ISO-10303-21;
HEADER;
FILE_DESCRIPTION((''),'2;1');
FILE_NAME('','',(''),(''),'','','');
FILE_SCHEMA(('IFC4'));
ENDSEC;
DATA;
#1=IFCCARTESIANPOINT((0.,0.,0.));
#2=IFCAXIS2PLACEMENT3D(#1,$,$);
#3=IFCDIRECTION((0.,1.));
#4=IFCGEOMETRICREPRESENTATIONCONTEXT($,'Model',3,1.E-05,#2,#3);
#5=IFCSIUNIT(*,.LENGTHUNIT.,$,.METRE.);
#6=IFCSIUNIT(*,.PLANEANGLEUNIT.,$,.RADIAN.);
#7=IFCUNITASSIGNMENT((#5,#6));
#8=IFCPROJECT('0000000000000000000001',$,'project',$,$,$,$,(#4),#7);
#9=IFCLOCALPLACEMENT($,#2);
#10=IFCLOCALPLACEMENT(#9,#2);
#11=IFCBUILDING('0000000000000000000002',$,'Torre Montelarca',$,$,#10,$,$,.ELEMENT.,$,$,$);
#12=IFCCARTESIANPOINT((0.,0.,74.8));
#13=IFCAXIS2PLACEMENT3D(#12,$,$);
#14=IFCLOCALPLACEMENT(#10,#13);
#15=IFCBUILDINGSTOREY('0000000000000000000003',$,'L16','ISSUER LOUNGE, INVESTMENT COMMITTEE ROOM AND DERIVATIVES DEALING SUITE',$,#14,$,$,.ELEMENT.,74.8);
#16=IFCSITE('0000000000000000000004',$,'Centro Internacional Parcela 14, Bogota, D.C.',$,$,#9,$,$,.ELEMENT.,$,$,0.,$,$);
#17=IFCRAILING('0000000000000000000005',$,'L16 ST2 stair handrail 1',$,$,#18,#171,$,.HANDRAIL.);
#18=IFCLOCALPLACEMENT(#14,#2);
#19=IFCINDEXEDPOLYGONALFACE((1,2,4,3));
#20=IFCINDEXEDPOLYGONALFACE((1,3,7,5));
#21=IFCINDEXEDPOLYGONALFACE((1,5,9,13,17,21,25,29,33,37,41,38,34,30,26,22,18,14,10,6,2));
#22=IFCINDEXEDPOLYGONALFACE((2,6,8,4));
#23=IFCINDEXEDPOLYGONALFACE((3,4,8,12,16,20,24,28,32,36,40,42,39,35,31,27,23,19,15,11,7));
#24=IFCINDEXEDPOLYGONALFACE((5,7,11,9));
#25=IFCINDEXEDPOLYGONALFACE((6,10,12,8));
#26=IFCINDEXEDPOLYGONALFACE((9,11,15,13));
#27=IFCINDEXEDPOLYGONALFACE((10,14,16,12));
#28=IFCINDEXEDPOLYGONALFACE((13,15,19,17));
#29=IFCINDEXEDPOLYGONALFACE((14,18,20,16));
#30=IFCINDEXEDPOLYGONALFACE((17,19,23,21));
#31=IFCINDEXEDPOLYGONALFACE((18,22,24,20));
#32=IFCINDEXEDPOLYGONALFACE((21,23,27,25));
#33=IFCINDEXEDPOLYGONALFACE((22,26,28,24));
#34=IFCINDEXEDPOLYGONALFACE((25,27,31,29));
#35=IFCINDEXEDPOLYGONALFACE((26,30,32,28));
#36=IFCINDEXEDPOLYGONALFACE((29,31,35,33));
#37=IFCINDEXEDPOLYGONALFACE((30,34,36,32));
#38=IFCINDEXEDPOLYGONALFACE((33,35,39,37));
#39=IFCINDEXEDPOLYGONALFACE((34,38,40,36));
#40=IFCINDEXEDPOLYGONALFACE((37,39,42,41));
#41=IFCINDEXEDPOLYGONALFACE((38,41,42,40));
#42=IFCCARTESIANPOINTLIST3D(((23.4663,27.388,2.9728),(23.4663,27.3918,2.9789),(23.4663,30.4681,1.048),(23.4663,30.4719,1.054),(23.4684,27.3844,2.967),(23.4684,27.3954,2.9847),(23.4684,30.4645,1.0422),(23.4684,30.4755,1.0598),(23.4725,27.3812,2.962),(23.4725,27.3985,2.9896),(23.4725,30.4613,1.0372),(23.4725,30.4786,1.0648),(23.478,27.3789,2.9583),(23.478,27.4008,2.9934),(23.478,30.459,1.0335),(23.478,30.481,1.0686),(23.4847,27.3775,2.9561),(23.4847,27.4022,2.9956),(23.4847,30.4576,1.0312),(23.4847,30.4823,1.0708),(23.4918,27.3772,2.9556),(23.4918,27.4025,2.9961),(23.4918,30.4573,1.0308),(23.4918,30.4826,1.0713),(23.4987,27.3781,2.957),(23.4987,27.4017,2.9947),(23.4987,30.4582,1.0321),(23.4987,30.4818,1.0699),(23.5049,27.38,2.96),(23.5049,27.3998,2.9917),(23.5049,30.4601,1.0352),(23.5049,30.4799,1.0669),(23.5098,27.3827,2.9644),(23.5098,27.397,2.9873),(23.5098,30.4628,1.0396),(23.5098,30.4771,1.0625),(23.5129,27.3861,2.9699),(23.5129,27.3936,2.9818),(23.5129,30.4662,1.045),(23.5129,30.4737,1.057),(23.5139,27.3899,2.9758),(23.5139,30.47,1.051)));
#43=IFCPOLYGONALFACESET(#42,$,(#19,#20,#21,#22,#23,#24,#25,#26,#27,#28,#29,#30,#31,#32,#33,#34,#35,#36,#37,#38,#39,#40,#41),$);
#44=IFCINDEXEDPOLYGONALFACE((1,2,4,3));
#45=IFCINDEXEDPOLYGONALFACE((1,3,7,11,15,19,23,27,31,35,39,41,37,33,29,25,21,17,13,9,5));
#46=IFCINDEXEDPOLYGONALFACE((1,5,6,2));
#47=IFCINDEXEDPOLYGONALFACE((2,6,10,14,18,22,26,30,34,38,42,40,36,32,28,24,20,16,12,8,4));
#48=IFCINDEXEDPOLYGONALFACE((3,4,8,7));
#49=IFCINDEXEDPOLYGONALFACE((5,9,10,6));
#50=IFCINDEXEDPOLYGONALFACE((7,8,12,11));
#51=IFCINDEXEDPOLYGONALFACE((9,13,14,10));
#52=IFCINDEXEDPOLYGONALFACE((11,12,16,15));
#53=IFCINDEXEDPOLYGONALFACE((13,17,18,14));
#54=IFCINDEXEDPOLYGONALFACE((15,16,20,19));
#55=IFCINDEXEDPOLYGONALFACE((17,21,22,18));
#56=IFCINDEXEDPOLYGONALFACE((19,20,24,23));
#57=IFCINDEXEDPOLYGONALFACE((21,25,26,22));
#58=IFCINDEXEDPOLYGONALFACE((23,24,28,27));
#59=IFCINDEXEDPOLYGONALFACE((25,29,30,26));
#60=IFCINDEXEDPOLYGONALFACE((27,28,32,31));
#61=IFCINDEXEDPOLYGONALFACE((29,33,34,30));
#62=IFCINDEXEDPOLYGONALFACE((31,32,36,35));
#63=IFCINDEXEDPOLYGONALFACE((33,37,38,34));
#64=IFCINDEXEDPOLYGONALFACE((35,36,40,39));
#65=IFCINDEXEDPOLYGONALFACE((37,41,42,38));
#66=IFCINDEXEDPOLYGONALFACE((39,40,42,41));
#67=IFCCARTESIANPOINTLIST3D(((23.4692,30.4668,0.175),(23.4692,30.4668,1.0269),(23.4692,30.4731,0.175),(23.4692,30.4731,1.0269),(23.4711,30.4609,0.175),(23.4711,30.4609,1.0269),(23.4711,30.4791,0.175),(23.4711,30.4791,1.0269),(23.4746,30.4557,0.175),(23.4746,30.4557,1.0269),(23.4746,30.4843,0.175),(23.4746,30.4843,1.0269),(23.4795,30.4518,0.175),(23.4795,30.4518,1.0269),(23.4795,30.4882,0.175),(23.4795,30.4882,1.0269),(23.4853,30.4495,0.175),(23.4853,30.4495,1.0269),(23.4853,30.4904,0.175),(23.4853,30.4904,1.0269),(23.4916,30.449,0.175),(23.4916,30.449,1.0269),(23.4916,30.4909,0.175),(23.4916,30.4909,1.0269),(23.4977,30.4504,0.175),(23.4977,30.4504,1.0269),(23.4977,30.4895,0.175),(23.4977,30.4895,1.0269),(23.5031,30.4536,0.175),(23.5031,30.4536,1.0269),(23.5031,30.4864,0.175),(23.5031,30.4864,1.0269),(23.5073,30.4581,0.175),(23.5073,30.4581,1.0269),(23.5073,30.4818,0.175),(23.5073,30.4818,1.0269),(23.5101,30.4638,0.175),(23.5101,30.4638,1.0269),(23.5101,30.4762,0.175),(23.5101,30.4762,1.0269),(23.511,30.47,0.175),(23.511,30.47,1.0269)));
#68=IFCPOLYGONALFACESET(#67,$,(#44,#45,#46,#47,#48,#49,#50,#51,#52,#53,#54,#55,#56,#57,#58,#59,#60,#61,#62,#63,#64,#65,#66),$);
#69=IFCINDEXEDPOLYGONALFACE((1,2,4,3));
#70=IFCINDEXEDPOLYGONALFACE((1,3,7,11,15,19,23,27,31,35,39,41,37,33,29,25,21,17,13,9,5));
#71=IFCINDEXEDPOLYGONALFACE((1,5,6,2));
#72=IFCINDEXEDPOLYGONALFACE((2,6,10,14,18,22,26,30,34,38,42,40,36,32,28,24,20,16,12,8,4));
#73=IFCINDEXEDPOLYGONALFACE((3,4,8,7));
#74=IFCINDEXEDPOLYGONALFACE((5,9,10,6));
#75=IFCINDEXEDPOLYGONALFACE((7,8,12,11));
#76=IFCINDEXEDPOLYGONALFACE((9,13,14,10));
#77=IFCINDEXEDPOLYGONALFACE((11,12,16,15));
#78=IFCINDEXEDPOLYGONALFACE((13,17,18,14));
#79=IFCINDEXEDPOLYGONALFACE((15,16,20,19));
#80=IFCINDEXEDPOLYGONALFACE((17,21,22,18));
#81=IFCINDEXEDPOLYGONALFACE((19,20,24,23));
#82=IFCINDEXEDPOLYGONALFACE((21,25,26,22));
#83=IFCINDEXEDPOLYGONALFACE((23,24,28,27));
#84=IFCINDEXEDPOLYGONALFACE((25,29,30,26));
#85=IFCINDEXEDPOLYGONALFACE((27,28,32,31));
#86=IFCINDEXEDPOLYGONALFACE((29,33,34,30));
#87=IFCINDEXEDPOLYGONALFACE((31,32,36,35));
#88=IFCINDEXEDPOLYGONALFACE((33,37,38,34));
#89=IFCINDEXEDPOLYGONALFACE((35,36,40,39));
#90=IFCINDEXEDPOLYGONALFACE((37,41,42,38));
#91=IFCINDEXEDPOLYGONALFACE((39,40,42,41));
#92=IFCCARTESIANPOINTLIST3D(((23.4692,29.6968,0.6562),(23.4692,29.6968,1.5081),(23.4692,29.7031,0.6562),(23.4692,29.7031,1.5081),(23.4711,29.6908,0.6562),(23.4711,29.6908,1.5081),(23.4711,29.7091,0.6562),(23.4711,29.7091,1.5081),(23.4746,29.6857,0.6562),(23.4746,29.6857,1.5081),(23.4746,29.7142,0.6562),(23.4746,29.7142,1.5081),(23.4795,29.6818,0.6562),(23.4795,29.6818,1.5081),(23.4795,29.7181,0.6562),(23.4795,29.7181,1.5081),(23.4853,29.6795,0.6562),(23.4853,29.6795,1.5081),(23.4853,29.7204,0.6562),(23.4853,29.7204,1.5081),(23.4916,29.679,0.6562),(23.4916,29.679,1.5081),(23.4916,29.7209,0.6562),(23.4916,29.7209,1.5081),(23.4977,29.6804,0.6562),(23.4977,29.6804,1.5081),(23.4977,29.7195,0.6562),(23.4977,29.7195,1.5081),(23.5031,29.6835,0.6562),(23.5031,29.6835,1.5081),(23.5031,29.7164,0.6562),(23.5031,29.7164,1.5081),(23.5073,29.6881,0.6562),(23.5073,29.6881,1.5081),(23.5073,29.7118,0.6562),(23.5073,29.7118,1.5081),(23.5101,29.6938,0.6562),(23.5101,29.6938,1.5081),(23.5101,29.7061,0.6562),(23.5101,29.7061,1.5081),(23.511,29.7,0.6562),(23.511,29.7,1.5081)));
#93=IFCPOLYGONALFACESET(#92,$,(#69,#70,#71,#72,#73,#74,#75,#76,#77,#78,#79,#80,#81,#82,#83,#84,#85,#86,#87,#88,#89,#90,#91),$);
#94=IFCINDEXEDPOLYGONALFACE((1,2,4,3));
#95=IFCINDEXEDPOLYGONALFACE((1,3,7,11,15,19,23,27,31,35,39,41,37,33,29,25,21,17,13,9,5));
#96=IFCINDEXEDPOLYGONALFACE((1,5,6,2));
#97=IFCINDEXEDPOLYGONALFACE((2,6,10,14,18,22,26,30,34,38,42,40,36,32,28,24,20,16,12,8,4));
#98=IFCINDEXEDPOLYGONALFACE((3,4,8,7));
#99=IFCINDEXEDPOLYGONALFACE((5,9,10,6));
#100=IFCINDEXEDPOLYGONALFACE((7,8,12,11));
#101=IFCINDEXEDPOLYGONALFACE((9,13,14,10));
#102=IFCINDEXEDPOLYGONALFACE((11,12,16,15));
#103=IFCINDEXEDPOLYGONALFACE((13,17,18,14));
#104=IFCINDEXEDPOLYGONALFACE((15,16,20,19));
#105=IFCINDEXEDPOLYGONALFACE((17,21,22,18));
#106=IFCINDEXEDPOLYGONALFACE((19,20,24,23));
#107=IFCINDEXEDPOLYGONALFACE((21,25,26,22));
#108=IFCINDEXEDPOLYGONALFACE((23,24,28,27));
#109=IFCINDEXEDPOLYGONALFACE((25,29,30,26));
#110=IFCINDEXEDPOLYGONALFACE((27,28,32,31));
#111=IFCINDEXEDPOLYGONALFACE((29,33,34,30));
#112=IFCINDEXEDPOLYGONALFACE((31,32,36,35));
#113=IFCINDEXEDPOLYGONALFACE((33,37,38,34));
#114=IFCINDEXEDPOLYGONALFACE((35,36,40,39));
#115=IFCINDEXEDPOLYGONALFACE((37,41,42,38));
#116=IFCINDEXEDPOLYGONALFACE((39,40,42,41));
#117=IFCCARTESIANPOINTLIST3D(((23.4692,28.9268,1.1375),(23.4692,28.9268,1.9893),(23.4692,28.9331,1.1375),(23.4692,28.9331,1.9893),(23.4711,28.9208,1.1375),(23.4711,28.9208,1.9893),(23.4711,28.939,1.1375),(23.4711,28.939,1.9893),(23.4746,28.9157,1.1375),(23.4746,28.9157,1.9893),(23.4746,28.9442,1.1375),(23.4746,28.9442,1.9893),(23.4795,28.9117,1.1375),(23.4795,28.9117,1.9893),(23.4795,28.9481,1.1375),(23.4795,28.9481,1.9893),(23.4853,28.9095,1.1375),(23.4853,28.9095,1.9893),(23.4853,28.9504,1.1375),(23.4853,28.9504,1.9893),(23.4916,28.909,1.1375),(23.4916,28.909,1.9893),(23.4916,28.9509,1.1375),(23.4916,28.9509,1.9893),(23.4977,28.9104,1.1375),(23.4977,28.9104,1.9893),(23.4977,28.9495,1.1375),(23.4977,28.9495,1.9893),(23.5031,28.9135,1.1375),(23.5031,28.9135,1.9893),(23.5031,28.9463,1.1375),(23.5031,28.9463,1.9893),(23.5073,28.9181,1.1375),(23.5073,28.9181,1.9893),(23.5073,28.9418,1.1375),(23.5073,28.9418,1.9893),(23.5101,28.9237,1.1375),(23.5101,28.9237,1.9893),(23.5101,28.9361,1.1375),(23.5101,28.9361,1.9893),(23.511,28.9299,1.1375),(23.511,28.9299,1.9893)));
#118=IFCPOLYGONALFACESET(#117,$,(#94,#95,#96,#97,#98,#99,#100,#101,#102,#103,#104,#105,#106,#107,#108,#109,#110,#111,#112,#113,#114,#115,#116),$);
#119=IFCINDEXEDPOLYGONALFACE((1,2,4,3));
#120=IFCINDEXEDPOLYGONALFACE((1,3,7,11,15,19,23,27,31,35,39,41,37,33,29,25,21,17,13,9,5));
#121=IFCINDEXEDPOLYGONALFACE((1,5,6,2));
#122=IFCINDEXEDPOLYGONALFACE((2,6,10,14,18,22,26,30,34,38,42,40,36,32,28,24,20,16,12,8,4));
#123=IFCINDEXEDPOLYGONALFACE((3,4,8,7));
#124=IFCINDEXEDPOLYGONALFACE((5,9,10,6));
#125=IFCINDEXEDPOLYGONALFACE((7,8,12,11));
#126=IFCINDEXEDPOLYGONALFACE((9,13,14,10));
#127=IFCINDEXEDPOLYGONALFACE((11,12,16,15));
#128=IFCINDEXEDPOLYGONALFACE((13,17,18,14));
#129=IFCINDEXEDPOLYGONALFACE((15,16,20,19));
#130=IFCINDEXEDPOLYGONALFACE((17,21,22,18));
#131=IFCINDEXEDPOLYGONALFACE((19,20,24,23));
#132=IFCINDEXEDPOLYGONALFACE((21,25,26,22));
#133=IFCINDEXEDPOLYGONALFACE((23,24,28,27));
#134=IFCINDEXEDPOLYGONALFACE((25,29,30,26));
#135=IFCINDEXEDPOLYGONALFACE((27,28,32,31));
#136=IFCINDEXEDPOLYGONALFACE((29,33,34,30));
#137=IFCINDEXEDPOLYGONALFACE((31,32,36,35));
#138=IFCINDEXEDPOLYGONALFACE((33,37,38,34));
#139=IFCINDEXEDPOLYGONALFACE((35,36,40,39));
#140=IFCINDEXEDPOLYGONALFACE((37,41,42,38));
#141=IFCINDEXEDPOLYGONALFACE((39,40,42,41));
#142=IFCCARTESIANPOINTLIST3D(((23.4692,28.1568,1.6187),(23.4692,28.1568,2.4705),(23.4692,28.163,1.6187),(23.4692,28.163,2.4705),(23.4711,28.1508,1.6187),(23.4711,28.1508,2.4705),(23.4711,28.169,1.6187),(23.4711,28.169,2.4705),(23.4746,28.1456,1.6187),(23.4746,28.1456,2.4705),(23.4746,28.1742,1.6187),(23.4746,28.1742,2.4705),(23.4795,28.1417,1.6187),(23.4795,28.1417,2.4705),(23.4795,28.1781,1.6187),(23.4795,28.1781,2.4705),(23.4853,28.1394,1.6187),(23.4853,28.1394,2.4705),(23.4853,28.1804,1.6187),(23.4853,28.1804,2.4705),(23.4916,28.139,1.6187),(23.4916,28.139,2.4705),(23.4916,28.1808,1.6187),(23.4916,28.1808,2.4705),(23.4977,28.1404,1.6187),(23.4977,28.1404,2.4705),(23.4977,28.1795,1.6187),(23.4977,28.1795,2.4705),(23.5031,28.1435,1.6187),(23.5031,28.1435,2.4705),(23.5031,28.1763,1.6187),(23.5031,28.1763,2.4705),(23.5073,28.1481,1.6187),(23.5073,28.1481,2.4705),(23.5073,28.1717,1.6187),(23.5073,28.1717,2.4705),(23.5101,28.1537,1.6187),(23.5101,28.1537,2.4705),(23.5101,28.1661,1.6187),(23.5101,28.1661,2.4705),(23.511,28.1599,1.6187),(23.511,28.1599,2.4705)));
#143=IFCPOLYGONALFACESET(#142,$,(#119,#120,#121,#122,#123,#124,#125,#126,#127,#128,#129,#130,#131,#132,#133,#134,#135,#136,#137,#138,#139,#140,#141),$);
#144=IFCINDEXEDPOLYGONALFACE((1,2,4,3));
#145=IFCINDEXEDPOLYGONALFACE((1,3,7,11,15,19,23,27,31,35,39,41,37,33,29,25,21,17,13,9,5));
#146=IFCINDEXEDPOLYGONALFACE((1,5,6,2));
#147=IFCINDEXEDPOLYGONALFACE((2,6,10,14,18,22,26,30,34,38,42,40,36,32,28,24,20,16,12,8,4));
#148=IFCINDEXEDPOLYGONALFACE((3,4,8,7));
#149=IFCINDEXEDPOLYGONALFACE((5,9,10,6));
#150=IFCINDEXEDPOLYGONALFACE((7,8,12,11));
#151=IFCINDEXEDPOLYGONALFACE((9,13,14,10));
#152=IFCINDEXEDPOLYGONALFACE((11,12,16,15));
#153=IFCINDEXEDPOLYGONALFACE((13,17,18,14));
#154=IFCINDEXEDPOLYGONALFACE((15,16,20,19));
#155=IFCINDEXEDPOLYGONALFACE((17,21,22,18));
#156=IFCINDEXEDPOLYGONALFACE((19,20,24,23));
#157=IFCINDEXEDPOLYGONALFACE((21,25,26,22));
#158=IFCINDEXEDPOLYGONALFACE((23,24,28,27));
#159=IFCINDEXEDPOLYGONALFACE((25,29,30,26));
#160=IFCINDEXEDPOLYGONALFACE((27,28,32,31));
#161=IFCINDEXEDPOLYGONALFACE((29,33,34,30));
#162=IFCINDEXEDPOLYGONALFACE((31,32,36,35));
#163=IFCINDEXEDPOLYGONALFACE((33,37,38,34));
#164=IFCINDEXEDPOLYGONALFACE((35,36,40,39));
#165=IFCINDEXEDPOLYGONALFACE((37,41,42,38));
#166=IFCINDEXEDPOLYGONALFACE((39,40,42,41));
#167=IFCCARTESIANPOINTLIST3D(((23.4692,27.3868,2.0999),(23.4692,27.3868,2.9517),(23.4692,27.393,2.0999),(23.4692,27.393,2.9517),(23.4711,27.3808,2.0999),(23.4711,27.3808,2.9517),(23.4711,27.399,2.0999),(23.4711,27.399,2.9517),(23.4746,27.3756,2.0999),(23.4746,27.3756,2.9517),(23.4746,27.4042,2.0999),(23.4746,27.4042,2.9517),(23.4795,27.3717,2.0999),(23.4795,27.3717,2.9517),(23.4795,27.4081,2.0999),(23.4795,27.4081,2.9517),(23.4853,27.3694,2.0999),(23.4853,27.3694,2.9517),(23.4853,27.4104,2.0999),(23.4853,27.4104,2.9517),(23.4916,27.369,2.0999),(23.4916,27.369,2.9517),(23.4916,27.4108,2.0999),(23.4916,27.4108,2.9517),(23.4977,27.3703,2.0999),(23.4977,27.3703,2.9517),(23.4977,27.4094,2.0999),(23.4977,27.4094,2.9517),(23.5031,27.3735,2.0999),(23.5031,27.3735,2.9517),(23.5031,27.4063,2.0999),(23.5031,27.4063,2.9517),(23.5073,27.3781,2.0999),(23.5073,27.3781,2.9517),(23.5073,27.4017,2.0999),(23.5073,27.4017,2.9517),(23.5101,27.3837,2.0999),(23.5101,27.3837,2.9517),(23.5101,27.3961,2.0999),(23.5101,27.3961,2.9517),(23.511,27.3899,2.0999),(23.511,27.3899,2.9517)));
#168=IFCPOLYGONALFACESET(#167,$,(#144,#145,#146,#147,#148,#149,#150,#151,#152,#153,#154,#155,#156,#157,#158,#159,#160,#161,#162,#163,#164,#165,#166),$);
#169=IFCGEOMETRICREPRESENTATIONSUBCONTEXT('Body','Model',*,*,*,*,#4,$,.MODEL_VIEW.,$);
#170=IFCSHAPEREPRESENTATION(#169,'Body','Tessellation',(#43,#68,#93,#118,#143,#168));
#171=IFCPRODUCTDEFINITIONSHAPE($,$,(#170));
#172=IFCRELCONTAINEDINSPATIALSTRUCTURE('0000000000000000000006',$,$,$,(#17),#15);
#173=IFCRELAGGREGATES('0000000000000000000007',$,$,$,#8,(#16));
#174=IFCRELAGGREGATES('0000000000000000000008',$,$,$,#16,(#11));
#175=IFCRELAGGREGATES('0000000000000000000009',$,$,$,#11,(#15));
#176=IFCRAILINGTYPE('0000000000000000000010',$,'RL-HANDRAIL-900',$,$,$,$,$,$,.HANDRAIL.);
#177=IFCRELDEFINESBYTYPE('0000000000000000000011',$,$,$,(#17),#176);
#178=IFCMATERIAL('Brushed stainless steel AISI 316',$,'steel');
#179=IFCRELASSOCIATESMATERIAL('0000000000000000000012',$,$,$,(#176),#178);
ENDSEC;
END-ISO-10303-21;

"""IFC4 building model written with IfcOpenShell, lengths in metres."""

from ifc_helpers import new_model, si_unit, direction, frame, origin, origin_2d, place, context, subcontext, project, spatial, circle, extrude, material, type_object, element, save


model = new_model("IFC4")

# Units and contexts
model_context = context("Model", 3, precision=1e-05, world=origin(), true_north=direction((0.0, 1.0)))
body_context = subcontext(model_context, "Body", "Model", "MODEL_VIEW")
ifc_project = project(units=[si_unit("LENGTHUNIT", "METRE"), si_unit("PLANEANGLEUNIT", "RADIAN")], contexts=[model_context])

# Site, building, storey
site_placement = place(None, origin())
site = spatial("IfcSite", under=ifc_project, at=site_placement, Name="Centro Internacional Parcela 14, Bogota, D.C.", CompositionType="ELEMENT", RefElevation=0.0)
building_placement = place(site_placement, origin())
building = spatial("IfcBuilding", under=site, at=building_placement, Name="Torre Montelarca", CompositionType="ELEMENT")
storey_placement = place(building_placement, frame((0.0, 0.0, 74.8)))
storey = spatial("IfcBuildingStorey", under=building, at=storey_placement, Name="L16", Description="ISSUER LOUNGE, INVESTMENT COMMITTEE ROOM AND DERIVATIVES DEALING SUITE", CompositionType="ELEMENT", Elevation=74.8)

# Railing
ifc_material_1 = material(Name="Brushed stainless steel AISI 316", Category="steel")
railing_type_1 = type_object("IfcRailingType", Name="RL-HANDRAIL-900", PredefinedType="HANDRAIL", material=ifc_material_1)
railing_1_placement = place(storey_placement, frame((23.49, 30.47, 0.175)))
element("IfcRailing", 1, at=railing_1_placement, inside=storey, type_object=railing_type_1, Name="L16 ST2 stair handrail 1", PredefinedType="HANDRAIL", context=body_context, shape_type="SweptSolid", body=[
    extrude(circle(Radius=0.0239, at=origin_2d()), frame((0.0, 0.0, 0.876), z_axis=(0.0, -0.848029, 0.529951), x_axis=(1.0, 0.0, 0.0)), (0.0, 0.0, 1.0), 3.6321),
    extrude(circle(Radius=0.021, at=origin_2d()), origin(), (0.0, 0.0, 1.0), 0.8518),
    extrude(circle(Radius=0.021, at=origin_2d()), frame((0.0, -0.77, 0.4812)), (0.0, 0.0, 1.0), 0.8518),
    extrude(circle(Radius=0.021, at=origin_2d()), frame((0.0, -1.54, 0.9624)), (0.0, 0.0, 1.0), 0.8518),
    extrude(circle(Radius=0.021, at=origin_2d()), frame((0.0, -2.3101, 1.4436)), (0.0, 0.0, 1.0), 0.8518),
    extrude(circle(Radius=0.021, at=origin_2d()), frame((0.0, -3.0801, 1.9248)), (0.0, 0.0, 1.0), 0.8518),
])

save(model, "model.ifc")
